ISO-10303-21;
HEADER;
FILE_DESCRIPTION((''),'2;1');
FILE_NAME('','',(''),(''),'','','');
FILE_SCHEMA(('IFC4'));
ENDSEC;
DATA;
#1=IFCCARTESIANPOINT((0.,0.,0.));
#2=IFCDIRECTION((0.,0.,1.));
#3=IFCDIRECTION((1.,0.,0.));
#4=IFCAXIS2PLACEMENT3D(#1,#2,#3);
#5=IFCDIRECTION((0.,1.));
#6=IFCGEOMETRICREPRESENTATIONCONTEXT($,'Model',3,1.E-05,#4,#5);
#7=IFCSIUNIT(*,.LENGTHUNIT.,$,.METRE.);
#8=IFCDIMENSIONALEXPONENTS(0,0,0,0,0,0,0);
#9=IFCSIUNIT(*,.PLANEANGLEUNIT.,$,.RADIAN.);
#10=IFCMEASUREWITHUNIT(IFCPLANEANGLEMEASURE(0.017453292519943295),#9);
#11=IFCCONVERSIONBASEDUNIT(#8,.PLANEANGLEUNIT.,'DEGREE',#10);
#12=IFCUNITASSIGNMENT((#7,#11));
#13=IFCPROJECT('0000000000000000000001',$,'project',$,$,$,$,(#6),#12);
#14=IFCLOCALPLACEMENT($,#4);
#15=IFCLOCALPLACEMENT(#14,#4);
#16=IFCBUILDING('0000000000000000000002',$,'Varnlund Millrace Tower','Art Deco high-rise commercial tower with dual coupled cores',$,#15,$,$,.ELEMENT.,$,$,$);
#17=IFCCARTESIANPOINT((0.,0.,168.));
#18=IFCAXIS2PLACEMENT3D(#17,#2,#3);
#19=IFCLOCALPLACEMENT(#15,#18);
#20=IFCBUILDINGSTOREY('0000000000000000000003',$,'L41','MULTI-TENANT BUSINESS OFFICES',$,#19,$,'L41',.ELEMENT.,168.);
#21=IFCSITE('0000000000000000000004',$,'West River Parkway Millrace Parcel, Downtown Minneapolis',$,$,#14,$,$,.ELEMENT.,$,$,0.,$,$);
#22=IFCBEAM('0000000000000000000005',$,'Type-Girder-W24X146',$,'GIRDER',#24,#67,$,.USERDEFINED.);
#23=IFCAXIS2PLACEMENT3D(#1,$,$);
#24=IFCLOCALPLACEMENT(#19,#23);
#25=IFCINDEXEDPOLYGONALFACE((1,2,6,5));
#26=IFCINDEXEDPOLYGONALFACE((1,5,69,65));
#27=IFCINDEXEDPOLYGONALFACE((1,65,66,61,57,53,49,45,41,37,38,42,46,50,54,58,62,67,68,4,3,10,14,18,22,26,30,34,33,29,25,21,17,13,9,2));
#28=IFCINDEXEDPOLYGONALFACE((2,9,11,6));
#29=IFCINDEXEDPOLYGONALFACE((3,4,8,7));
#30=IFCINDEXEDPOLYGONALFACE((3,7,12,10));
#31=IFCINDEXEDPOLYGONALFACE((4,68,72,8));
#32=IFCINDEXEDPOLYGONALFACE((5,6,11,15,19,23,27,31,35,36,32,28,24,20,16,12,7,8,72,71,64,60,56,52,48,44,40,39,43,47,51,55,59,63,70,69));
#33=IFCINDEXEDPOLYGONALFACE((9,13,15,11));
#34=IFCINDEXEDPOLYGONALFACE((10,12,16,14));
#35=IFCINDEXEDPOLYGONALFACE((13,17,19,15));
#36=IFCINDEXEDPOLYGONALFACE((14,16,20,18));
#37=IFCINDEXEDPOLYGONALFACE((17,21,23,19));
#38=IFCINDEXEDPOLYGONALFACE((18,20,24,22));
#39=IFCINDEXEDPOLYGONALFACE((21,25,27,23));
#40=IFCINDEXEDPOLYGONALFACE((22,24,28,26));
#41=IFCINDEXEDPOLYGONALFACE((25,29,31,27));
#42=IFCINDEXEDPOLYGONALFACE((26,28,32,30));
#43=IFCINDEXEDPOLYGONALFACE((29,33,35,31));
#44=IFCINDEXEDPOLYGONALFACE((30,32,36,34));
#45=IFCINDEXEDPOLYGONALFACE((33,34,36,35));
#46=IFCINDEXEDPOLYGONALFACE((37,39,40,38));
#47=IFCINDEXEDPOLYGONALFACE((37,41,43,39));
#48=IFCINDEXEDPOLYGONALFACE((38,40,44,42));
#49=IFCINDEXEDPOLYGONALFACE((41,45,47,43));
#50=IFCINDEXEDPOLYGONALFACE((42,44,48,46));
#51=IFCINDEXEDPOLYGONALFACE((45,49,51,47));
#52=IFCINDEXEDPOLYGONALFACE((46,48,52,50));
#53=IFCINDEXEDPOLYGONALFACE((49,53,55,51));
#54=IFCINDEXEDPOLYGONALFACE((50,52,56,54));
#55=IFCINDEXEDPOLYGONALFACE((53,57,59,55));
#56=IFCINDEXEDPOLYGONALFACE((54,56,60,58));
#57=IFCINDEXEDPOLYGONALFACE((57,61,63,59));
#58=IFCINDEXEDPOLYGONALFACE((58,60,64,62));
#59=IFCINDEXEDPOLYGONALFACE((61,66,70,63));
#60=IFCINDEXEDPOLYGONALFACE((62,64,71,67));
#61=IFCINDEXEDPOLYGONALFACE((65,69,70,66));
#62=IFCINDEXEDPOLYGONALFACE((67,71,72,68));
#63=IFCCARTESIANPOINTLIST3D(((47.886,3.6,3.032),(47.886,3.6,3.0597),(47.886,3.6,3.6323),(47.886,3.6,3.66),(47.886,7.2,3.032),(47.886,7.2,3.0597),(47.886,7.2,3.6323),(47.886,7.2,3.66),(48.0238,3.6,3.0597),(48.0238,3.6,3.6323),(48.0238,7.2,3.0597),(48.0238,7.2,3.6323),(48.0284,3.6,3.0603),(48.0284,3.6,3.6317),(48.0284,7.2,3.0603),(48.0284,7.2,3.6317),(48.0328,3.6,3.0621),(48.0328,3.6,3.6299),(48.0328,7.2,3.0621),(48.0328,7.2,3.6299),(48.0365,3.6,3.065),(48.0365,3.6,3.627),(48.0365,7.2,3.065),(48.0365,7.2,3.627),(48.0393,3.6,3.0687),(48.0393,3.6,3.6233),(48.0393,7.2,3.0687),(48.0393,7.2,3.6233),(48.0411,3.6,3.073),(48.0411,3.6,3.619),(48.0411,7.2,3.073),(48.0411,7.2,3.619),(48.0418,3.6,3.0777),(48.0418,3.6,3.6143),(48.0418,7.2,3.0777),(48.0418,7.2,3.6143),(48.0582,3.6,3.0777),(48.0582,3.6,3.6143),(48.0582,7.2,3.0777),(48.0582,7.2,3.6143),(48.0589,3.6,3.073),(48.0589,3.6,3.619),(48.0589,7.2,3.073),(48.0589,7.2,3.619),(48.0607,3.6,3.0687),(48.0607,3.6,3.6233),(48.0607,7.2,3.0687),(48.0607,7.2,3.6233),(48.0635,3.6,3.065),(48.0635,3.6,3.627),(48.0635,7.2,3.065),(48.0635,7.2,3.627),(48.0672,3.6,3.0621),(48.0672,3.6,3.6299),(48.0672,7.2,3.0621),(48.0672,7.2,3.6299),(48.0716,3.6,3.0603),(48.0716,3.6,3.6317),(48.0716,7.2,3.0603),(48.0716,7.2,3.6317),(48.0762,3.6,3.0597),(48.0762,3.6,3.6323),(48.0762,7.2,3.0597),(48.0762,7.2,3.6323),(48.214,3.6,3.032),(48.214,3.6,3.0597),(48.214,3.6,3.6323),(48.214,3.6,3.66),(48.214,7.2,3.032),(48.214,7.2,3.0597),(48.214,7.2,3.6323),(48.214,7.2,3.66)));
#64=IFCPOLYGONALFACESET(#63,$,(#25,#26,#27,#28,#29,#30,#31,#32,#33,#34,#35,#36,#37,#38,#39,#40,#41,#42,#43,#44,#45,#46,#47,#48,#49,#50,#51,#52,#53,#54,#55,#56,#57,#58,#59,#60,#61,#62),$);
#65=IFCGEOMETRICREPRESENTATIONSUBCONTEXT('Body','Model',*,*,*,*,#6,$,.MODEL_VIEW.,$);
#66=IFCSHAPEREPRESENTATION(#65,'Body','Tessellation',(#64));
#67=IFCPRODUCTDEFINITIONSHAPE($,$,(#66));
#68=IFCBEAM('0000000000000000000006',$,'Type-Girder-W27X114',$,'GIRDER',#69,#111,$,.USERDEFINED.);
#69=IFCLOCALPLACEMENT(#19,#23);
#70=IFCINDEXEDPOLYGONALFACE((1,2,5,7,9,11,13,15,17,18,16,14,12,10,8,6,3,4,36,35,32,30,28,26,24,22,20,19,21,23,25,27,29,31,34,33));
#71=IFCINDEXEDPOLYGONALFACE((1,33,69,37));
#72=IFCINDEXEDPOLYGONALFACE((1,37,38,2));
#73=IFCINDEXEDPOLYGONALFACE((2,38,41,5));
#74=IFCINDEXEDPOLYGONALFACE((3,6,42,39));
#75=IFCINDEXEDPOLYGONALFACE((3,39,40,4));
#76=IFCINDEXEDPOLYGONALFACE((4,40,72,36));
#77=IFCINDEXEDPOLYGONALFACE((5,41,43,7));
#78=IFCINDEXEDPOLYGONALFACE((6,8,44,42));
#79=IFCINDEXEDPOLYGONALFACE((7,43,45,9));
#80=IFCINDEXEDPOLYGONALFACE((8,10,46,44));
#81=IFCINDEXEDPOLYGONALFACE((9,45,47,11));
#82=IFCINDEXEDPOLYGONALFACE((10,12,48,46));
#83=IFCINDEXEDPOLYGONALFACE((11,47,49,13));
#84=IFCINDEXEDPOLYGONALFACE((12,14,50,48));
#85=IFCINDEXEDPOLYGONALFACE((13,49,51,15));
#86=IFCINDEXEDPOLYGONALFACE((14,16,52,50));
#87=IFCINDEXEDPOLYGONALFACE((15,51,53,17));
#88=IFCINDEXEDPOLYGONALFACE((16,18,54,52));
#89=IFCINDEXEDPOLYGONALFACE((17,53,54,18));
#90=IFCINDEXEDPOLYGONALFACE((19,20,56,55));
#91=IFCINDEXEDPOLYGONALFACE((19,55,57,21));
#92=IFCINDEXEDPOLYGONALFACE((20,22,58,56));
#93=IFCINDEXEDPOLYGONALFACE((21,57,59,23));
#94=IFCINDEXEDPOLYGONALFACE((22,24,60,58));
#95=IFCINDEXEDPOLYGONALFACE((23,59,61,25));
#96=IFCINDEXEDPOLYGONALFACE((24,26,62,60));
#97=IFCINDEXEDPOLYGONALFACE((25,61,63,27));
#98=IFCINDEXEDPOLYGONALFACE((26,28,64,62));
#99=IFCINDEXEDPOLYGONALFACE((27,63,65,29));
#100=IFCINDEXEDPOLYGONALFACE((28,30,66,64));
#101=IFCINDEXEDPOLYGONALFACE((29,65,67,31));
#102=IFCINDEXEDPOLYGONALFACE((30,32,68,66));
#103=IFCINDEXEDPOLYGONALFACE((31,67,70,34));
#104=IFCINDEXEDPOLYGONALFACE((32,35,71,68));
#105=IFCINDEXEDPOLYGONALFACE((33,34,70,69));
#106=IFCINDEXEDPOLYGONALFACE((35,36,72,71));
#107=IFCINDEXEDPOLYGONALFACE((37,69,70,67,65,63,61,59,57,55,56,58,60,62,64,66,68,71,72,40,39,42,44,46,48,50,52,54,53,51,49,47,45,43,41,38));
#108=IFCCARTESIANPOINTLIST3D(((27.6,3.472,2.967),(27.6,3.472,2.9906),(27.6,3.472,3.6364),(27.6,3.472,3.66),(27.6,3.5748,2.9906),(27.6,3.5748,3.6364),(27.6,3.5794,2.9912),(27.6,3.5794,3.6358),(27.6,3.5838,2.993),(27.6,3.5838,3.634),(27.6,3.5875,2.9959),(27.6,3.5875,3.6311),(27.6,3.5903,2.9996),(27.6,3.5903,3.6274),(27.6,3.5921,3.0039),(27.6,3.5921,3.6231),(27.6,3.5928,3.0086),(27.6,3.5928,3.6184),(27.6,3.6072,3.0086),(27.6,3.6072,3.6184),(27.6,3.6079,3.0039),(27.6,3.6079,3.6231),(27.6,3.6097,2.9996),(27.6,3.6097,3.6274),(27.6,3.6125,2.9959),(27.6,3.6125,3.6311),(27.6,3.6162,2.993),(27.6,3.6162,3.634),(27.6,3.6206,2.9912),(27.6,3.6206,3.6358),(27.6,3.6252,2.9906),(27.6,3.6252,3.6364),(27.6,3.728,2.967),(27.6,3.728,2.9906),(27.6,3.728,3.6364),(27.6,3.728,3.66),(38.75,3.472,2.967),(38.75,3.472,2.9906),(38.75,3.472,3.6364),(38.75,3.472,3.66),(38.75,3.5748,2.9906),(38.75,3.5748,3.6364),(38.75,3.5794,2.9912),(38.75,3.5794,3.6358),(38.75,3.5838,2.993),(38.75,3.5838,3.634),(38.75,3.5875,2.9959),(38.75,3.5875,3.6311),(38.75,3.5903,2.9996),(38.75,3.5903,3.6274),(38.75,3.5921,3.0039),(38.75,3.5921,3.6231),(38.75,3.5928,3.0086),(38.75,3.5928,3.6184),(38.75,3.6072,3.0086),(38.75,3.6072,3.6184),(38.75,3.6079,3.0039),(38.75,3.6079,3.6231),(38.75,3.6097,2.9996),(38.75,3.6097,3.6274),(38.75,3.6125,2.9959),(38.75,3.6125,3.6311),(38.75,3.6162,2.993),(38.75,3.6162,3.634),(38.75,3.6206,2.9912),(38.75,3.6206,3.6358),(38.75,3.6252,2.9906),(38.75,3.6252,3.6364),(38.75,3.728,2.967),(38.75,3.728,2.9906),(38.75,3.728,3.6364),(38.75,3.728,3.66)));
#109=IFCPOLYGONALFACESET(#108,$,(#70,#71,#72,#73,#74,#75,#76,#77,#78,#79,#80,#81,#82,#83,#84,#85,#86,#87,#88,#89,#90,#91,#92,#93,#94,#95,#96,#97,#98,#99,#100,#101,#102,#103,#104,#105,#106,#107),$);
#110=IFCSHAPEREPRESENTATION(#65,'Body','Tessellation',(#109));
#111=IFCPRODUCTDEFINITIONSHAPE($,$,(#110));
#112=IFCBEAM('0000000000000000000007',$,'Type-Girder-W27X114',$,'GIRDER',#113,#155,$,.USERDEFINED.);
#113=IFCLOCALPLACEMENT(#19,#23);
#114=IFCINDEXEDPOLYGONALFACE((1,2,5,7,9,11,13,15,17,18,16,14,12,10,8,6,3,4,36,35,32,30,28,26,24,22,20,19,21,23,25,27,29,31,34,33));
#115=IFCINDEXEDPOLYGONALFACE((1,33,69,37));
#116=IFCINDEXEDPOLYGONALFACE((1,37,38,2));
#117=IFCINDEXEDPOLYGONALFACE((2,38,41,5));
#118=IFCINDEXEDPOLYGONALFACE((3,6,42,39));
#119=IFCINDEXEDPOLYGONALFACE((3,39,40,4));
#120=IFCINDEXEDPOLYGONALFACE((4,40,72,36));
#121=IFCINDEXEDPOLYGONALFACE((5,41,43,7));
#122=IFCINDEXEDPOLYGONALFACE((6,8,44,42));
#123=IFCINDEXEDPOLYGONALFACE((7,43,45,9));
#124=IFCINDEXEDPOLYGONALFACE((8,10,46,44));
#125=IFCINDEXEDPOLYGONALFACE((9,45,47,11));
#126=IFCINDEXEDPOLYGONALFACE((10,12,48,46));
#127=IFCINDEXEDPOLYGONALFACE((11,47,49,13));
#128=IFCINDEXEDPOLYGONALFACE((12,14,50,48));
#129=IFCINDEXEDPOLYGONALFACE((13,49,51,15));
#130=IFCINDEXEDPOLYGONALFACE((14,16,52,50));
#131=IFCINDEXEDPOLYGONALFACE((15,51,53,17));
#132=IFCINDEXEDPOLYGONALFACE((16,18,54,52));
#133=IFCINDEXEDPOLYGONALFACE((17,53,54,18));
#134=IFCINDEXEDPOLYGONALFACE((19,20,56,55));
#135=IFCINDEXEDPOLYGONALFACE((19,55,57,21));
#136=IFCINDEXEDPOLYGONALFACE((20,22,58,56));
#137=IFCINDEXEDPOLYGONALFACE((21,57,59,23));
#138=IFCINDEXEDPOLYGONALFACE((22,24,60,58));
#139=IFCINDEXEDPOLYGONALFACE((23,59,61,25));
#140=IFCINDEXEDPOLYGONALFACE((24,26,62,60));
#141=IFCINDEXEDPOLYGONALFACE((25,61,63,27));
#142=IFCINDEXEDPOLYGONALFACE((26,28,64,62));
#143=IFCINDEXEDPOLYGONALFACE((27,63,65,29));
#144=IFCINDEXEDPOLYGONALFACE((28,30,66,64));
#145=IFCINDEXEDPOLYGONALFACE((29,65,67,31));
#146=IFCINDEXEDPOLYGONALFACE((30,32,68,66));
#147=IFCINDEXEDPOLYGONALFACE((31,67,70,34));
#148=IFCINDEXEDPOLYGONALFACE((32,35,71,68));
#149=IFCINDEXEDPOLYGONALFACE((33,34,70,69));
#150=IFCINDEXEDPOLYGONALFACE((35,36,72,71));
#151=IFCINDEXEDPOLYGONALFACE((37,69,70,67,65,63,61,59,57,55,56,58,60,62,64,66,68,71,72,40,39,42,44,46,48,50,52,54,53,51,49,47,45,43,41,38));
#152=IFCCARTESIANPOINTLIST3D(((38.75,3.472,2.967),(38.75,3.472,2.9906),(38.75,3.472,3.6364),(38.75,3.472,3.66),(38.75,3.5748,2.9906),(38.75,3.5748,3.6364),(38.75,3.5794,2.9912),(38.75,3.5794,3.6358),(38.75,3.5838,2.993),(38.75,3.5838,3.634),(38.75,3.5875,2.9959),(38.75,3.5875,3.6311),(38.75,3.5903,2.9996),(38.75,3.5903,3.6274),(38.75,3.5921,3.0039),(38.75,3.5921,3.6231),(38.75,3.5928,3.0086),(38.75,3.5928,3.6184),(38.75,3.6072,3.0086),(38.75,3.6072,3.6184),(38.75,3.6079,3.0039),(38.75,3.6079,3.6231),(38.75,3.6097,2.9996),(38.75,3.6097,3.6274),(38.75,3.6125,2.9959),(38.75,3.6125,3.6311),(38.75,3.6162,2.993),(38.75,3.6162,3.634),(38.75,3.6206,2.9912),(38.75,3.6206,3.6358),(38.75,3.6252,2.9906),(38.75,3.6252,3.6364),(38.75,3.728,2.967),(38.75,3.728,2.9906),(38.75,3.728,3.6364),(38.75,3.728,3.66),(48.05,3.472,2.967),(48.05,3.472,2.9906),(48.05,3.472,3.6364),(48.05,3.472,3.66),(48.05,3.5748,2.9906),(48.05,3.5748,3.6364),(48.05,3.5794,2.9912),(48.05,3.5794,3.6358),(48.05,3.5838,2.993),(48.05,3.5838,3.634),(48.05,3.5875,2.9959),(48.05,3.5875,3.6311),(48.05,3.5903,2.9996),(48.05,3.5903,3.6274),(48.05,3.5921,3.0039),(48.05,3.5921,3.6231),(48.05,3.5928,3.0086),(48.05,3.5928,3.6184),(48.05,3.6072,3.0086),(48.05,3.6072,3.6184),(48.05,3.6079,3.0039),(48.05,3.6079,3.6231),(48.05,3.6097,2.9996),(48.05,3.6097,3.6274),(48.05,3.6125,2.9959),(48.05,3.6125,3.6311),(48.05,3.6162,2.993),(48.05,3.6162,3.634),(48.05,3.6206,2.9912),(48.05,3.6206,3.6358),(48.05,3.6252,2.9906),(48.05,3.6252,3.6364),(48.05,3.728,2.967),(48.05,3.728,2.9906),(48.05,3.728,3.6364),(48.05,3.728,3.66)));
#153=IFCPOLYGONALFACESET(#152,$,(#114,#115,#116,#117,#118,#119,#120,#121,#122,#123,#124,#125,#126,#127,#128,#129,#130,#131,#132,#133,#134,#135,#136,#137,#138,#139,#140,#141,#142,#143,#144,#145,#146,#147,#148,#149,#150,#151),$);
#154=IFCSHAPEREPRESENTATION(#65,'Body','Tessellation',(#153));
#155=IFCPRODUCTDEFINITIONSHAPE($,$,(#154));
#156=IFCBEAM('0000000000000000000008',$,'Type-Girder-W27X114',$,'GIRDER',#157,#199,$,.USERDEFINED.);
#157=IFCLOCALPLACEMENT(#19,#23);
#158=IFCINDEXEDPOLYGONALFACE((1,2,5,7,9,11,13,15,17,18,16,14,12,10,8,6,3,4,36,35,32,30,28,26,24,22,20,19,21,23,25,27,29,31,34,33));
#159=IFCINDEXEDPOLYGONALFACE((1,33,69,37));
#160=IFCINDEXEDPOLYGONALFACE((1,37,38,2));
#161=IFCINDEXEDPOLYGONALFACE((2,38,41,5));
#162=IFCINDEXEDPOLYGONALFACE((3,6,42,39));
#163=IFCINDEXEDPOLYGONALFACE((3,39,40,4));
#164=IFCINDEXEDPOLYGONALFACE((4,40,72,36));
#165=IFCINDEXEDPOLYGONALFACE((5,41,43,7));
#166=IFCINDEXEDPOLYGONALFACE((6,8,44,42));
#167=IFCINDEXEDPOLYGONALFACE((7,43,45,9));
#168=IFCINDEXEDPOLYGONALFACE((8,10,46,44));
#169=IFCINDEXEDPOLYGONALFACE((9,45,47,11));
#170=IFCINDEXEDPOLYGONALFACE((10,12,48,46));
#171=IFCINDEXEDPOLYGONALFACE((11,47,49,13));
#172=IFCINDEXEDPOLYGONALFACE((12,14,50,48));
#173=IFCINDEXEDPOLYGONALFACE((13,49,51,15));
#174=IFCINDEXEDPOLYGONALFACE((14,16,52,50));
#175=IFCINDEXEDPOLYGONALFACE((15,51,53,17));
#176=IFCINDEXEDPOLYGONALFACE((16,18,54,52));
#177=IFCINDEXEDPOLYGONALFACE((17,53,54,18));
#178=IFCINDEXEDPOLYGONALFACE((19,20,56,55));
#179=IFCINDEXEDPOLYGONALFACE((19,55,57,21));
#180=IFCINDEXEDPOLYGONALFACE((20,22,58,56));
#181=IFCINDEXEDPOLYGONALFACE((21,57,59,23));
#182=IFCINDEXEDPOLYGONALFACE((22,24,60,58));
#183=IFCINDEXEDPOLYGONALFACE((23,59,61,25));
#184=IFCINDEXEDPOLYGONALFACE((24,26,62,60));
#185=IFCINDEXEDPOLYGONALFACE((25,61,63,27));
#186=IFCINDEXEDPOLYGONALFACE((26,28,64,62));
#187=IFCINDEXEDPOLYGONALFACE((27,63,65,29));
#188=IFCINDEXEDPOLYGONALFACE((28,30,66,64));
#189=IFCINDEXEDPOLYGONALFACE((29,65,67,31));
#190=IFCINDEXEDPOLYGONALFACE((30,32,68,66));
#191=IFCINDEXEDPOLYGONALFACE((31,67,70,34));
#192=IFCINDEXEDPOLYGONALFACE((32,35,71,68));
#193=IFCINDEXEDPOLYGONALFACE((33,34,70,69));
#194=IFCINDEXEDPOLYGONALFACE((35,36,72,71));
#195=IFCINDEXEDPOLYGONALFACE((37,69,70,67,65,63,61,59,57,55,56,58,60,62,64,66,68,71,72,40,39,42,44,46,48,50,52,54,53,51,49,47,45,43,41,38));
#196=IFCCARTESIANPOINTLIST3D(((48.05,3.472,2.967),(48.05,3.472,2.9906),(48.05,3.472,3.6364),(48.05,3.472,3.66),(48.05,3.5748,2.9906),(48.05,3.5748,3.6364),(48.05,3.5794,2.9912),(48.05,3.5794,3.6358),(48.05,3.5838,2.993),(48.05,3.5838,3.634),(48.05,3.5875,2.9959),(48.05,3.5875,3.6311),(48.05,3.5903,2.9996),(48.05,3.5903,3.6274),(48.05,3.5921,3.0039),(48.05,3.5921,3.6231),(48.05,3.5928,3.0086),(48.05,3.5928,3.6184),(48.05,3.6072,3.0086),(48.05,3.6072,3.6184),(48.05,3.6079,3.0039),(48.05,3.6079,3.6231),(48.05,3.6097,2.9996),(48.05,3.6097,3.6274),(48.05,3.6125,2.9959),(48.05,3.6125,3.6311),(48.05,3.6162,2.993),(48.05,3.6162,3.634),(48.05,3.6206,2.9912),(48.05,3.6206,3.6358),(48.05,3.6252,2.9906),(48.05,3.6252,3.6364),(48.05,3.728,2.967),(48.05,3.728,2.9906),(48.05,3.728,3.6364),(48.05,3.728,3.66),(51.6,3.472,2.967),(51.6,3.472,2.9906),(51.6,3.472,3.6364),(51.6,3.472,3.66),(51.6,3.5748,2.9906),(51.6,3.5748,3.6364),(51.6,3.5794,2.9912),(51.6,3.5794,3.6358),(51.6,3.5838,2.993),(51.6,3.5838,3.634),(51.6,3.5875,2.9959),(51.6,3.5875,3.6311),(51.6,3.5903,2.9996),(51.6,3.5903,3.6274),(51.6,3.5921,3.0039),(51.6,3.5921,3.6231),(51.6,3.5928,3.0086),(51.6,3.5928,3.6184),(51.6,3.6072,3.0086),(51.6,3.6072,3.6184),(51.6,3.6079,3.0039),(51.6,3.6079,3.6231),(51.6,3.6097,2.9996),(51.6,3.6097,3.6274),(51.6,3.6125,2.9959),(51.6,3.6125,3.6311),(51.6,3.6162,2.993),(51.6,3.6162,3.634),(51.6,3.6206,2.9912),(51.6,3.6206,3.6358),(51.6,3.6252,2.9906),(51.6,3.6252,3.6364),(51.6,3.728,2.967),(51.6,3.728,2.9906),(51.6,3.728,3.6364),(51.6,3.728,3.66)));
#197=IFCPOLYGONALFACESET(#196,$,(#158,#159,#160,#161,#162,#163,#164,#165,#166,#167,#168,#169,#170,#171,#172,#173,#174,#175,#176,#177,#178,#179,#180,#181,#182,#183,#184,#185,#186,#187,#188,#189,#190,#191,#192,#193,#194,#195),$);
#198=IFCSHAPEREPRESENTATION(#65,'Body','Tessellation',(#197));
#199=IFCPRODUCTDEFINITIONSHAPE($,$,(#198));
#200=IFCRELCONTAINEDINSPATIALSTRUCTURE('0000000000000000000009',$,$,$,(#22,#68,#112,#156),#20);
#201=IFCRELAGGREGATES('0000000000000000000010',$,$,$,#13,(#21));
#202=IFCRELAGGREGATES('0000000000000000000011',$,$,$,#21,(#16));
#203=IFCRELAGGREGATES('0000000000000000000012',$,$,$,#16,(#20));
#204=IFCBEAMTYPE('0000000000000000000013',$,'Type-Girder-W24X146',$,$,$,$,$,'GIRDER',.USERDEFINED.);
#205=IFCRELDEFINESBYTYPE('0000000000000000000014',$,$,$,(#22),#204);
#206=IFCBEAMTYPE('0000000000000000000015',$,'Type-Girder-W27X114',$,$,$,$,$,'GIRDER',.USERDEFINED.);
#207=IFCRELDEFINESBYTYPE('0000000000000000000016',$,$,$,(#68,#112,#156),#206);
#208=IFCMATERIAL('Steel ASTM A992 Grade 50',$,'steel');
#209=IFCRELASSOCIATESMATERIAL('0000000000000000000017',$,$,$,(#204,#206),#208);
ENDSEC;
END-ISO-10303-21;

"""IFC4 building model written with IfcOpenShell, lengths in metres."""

from ifc_helpers import new_model, entity, si_unit, converted_unit, direction, frame, origin_with_axes, origin_2d_with_axis, place, context, subcontext, project, spatial, i_section, extrude, material, material_profile, profile_set, type_object, element, save


model = new_model("IFC4")

# Units and contexts
model_context = context("Model", 3, precision=1e-05, world=origin_with_axes(), true_north=direction((0.0, 1.0)))
body_context = subcontext(model_context, "Body", "Model", "MODEL_VIEW")
ifc_project = project(units=[si_unit("LENGTHUNIT", "METRE"), converted_unit("PLANEANGLEUNIT", "DEGREE", entity("IfcPlaneAngleMeasure", 0.017453292519943295), si_unit("PLANEANGLEUNIT", "RADIAN"), dimensions=[0, 0, 0, 0, 0, 0, 0])], contexts=[model_context])

# Site, building, storey
site_placement = place(None, origin_with_axes())
site = spatial("IfcSite", under=ifc_project, at=site_placement, Name="West River Parkway Millrace Parcel, Downtown Minneapolis", CompositionType="ELEMENT", RefElevation=0.0)
building_placement = place(site_placement, origin_with_axes())
building = spatial("IfcBuilding", under=site, at=building_placement, Name="Varnlund Millrace Tower", Description="Art Deco high-rise commercial tower with dual coupled cores", CompositionType="ELEMENT")
storey_placement = place(building_placement, frame((0.0, 0.0, 168.0), z_axis=(0.0, 0.0, 1.0), x_axis=(1.0, 0.0, 0.0)))
storey = spatial("IfcBuildingStorey", under=building, at=storey_placement, Name="L41", Description="MULTI-TENANT BUSINESS OFFICES", LongName="L41", CompositionType="ELEMENT", Elevation=168.0)

# Beams
ifc_material_1 = material(Name="Steel ASTM A992 Grade 50", Category="steel")
ifc_material_profile_1 = material_profile(ifc_material_1, i_section(OverallWidth=0.328, OverallDepth=0.628, WebThickness=0.0165, FlangeThickness=0.0277, FilletRadius=0.018, at=origin_2d_with_axis()), Name="Steel ASTM A992 Grade 50")
ifc_profile_set_1 = profile_set([ifc_material_profile_1], Name="Steel ASTM A992 Grade 50")
beam_type_1 = type_object("IfcBeamType", Name="Type-Girder-W24X146", ElementType="GIRDER", PredefinedType="USERDEFINED", material=ifc_profile_set_1)
beam_1_placement = place(storey_placement, frame((48.05, 3.6, 3.346), z_axis=(0.0, 1.0, 0.0), x_axis=(-1.0, 0.0, 0.0)))
element("IfcBeam", 1, at=beam_1_placement, inside=storey, type_object=beam_type_1, Name="Type-Girder-W24X146", ObjectType="GIRDER", PredefinedType="USERDEFINED", context=body_context, shape_type="SweptSolid", body=[
    extrude(i_section(OverallWidth=0.328, OverallDepth=0.628, WebThickness=0.0165, FlangeThickness=0.0277, FilletRadius=0.018, at=origin_2d_with_axis()), origin_with_axes(), (0.0, 0.0, 1.0), 3.6),
])
ifc_material_profile_2 = material_profile(ifc_material_1, i_section(OverallWidth=0.256, OverallDepth=0.693, WebThickness=0.0145, FlangeThickness=0.0236, FilletRadius=0.018, at=origin_2d_with_axis()), Name="Steel ASTM A992 Grade 50")
ifc_profile_set_2 = profile_set([ifc_material_profile_2], Name="Steel ASTM A992 Grade 50")
beam_type_2 = type_object("IfcBeamType", Name="Type-Girder-W27X114", ElementType="GIRDER", PredefinedType="USERDEFINED", material=ifc_profile_set_2)
beam_2_placement = place(storey_placement, frame((27.6, 3.6, 3.3135), z_axis=(1.0, 0.0, 0.0), x_axis=(0.0, 1.0, 0.0)))
element("IfcBeam", 2, at=beam_2_placement, inside=storey, type_object=beam_type_2, Name="Type-Girder-W27X114", ObjectType="GIRDER", PredefinedType="USERDEFINED", context=body_context, shape_type="SweptSolid", body=[
    extrude(i_section(OverallWidth=0.256, OverallDepth=0.693, WebThickness=0.0145, FlangeThickness=0.0236, FilletRadius=0.018, at=origin_2d_with_axis()), origin_with_axes(), (0.0, 0.0, 1.0), 11.15),
])
beam_3_placement = place(storey_placement, frame((38.75, 3.6, 3.3135), z_axis=(1.0, 0.0, 0.0), x_axis=(0.0, 1.0, 0.0)))
element("IfcBeam", 3, at=beam_3_placement, inside=storey, type_object=beam_type_2, Name="Type-Girder-W27X114", ObjectType="GIRDER", PredefinedType="USERDEFINED", context=body_context, shape_type="SweptSolid", body=[
    extrude(i_section(OverallWidth=0.256, OverallDepth=0.693, WebThickness=0.0145, FlangeThickness=0.0236, FilletRadius=0.018, at=origin_2d_with_axis()), origin_with_axes(), (0.0, 0.0, 1.0), 9.3),
])
beam_4_placement = place(storey_placement, frame((48.05, 3.6, 3.3135), z_axis=(1.0, 0.0, 0.0), x_axis=(0.0, 1.0, 0.0)))
element("IfcBeam", 4, at=beam_4_placement, inside=storey, type_object=beam_type_2, Name="Type-Girder-W27X114", ObjectType="GIRDER", PredefinedType="USERDEFINED", context=body_context, shape_type="SweptSolid", body=[
    extrude(i_section(OverallWidth=0.256, OverallDepth=0.693, WebThickness=0.0145, FlangeThickness=0.0236, FilletRadius=0.018, at=origin_2d_with_axis()), origin_with_axes(), (0.0, 0.0, 1.0), 3.55),
])

save(model, "model.ifc")
